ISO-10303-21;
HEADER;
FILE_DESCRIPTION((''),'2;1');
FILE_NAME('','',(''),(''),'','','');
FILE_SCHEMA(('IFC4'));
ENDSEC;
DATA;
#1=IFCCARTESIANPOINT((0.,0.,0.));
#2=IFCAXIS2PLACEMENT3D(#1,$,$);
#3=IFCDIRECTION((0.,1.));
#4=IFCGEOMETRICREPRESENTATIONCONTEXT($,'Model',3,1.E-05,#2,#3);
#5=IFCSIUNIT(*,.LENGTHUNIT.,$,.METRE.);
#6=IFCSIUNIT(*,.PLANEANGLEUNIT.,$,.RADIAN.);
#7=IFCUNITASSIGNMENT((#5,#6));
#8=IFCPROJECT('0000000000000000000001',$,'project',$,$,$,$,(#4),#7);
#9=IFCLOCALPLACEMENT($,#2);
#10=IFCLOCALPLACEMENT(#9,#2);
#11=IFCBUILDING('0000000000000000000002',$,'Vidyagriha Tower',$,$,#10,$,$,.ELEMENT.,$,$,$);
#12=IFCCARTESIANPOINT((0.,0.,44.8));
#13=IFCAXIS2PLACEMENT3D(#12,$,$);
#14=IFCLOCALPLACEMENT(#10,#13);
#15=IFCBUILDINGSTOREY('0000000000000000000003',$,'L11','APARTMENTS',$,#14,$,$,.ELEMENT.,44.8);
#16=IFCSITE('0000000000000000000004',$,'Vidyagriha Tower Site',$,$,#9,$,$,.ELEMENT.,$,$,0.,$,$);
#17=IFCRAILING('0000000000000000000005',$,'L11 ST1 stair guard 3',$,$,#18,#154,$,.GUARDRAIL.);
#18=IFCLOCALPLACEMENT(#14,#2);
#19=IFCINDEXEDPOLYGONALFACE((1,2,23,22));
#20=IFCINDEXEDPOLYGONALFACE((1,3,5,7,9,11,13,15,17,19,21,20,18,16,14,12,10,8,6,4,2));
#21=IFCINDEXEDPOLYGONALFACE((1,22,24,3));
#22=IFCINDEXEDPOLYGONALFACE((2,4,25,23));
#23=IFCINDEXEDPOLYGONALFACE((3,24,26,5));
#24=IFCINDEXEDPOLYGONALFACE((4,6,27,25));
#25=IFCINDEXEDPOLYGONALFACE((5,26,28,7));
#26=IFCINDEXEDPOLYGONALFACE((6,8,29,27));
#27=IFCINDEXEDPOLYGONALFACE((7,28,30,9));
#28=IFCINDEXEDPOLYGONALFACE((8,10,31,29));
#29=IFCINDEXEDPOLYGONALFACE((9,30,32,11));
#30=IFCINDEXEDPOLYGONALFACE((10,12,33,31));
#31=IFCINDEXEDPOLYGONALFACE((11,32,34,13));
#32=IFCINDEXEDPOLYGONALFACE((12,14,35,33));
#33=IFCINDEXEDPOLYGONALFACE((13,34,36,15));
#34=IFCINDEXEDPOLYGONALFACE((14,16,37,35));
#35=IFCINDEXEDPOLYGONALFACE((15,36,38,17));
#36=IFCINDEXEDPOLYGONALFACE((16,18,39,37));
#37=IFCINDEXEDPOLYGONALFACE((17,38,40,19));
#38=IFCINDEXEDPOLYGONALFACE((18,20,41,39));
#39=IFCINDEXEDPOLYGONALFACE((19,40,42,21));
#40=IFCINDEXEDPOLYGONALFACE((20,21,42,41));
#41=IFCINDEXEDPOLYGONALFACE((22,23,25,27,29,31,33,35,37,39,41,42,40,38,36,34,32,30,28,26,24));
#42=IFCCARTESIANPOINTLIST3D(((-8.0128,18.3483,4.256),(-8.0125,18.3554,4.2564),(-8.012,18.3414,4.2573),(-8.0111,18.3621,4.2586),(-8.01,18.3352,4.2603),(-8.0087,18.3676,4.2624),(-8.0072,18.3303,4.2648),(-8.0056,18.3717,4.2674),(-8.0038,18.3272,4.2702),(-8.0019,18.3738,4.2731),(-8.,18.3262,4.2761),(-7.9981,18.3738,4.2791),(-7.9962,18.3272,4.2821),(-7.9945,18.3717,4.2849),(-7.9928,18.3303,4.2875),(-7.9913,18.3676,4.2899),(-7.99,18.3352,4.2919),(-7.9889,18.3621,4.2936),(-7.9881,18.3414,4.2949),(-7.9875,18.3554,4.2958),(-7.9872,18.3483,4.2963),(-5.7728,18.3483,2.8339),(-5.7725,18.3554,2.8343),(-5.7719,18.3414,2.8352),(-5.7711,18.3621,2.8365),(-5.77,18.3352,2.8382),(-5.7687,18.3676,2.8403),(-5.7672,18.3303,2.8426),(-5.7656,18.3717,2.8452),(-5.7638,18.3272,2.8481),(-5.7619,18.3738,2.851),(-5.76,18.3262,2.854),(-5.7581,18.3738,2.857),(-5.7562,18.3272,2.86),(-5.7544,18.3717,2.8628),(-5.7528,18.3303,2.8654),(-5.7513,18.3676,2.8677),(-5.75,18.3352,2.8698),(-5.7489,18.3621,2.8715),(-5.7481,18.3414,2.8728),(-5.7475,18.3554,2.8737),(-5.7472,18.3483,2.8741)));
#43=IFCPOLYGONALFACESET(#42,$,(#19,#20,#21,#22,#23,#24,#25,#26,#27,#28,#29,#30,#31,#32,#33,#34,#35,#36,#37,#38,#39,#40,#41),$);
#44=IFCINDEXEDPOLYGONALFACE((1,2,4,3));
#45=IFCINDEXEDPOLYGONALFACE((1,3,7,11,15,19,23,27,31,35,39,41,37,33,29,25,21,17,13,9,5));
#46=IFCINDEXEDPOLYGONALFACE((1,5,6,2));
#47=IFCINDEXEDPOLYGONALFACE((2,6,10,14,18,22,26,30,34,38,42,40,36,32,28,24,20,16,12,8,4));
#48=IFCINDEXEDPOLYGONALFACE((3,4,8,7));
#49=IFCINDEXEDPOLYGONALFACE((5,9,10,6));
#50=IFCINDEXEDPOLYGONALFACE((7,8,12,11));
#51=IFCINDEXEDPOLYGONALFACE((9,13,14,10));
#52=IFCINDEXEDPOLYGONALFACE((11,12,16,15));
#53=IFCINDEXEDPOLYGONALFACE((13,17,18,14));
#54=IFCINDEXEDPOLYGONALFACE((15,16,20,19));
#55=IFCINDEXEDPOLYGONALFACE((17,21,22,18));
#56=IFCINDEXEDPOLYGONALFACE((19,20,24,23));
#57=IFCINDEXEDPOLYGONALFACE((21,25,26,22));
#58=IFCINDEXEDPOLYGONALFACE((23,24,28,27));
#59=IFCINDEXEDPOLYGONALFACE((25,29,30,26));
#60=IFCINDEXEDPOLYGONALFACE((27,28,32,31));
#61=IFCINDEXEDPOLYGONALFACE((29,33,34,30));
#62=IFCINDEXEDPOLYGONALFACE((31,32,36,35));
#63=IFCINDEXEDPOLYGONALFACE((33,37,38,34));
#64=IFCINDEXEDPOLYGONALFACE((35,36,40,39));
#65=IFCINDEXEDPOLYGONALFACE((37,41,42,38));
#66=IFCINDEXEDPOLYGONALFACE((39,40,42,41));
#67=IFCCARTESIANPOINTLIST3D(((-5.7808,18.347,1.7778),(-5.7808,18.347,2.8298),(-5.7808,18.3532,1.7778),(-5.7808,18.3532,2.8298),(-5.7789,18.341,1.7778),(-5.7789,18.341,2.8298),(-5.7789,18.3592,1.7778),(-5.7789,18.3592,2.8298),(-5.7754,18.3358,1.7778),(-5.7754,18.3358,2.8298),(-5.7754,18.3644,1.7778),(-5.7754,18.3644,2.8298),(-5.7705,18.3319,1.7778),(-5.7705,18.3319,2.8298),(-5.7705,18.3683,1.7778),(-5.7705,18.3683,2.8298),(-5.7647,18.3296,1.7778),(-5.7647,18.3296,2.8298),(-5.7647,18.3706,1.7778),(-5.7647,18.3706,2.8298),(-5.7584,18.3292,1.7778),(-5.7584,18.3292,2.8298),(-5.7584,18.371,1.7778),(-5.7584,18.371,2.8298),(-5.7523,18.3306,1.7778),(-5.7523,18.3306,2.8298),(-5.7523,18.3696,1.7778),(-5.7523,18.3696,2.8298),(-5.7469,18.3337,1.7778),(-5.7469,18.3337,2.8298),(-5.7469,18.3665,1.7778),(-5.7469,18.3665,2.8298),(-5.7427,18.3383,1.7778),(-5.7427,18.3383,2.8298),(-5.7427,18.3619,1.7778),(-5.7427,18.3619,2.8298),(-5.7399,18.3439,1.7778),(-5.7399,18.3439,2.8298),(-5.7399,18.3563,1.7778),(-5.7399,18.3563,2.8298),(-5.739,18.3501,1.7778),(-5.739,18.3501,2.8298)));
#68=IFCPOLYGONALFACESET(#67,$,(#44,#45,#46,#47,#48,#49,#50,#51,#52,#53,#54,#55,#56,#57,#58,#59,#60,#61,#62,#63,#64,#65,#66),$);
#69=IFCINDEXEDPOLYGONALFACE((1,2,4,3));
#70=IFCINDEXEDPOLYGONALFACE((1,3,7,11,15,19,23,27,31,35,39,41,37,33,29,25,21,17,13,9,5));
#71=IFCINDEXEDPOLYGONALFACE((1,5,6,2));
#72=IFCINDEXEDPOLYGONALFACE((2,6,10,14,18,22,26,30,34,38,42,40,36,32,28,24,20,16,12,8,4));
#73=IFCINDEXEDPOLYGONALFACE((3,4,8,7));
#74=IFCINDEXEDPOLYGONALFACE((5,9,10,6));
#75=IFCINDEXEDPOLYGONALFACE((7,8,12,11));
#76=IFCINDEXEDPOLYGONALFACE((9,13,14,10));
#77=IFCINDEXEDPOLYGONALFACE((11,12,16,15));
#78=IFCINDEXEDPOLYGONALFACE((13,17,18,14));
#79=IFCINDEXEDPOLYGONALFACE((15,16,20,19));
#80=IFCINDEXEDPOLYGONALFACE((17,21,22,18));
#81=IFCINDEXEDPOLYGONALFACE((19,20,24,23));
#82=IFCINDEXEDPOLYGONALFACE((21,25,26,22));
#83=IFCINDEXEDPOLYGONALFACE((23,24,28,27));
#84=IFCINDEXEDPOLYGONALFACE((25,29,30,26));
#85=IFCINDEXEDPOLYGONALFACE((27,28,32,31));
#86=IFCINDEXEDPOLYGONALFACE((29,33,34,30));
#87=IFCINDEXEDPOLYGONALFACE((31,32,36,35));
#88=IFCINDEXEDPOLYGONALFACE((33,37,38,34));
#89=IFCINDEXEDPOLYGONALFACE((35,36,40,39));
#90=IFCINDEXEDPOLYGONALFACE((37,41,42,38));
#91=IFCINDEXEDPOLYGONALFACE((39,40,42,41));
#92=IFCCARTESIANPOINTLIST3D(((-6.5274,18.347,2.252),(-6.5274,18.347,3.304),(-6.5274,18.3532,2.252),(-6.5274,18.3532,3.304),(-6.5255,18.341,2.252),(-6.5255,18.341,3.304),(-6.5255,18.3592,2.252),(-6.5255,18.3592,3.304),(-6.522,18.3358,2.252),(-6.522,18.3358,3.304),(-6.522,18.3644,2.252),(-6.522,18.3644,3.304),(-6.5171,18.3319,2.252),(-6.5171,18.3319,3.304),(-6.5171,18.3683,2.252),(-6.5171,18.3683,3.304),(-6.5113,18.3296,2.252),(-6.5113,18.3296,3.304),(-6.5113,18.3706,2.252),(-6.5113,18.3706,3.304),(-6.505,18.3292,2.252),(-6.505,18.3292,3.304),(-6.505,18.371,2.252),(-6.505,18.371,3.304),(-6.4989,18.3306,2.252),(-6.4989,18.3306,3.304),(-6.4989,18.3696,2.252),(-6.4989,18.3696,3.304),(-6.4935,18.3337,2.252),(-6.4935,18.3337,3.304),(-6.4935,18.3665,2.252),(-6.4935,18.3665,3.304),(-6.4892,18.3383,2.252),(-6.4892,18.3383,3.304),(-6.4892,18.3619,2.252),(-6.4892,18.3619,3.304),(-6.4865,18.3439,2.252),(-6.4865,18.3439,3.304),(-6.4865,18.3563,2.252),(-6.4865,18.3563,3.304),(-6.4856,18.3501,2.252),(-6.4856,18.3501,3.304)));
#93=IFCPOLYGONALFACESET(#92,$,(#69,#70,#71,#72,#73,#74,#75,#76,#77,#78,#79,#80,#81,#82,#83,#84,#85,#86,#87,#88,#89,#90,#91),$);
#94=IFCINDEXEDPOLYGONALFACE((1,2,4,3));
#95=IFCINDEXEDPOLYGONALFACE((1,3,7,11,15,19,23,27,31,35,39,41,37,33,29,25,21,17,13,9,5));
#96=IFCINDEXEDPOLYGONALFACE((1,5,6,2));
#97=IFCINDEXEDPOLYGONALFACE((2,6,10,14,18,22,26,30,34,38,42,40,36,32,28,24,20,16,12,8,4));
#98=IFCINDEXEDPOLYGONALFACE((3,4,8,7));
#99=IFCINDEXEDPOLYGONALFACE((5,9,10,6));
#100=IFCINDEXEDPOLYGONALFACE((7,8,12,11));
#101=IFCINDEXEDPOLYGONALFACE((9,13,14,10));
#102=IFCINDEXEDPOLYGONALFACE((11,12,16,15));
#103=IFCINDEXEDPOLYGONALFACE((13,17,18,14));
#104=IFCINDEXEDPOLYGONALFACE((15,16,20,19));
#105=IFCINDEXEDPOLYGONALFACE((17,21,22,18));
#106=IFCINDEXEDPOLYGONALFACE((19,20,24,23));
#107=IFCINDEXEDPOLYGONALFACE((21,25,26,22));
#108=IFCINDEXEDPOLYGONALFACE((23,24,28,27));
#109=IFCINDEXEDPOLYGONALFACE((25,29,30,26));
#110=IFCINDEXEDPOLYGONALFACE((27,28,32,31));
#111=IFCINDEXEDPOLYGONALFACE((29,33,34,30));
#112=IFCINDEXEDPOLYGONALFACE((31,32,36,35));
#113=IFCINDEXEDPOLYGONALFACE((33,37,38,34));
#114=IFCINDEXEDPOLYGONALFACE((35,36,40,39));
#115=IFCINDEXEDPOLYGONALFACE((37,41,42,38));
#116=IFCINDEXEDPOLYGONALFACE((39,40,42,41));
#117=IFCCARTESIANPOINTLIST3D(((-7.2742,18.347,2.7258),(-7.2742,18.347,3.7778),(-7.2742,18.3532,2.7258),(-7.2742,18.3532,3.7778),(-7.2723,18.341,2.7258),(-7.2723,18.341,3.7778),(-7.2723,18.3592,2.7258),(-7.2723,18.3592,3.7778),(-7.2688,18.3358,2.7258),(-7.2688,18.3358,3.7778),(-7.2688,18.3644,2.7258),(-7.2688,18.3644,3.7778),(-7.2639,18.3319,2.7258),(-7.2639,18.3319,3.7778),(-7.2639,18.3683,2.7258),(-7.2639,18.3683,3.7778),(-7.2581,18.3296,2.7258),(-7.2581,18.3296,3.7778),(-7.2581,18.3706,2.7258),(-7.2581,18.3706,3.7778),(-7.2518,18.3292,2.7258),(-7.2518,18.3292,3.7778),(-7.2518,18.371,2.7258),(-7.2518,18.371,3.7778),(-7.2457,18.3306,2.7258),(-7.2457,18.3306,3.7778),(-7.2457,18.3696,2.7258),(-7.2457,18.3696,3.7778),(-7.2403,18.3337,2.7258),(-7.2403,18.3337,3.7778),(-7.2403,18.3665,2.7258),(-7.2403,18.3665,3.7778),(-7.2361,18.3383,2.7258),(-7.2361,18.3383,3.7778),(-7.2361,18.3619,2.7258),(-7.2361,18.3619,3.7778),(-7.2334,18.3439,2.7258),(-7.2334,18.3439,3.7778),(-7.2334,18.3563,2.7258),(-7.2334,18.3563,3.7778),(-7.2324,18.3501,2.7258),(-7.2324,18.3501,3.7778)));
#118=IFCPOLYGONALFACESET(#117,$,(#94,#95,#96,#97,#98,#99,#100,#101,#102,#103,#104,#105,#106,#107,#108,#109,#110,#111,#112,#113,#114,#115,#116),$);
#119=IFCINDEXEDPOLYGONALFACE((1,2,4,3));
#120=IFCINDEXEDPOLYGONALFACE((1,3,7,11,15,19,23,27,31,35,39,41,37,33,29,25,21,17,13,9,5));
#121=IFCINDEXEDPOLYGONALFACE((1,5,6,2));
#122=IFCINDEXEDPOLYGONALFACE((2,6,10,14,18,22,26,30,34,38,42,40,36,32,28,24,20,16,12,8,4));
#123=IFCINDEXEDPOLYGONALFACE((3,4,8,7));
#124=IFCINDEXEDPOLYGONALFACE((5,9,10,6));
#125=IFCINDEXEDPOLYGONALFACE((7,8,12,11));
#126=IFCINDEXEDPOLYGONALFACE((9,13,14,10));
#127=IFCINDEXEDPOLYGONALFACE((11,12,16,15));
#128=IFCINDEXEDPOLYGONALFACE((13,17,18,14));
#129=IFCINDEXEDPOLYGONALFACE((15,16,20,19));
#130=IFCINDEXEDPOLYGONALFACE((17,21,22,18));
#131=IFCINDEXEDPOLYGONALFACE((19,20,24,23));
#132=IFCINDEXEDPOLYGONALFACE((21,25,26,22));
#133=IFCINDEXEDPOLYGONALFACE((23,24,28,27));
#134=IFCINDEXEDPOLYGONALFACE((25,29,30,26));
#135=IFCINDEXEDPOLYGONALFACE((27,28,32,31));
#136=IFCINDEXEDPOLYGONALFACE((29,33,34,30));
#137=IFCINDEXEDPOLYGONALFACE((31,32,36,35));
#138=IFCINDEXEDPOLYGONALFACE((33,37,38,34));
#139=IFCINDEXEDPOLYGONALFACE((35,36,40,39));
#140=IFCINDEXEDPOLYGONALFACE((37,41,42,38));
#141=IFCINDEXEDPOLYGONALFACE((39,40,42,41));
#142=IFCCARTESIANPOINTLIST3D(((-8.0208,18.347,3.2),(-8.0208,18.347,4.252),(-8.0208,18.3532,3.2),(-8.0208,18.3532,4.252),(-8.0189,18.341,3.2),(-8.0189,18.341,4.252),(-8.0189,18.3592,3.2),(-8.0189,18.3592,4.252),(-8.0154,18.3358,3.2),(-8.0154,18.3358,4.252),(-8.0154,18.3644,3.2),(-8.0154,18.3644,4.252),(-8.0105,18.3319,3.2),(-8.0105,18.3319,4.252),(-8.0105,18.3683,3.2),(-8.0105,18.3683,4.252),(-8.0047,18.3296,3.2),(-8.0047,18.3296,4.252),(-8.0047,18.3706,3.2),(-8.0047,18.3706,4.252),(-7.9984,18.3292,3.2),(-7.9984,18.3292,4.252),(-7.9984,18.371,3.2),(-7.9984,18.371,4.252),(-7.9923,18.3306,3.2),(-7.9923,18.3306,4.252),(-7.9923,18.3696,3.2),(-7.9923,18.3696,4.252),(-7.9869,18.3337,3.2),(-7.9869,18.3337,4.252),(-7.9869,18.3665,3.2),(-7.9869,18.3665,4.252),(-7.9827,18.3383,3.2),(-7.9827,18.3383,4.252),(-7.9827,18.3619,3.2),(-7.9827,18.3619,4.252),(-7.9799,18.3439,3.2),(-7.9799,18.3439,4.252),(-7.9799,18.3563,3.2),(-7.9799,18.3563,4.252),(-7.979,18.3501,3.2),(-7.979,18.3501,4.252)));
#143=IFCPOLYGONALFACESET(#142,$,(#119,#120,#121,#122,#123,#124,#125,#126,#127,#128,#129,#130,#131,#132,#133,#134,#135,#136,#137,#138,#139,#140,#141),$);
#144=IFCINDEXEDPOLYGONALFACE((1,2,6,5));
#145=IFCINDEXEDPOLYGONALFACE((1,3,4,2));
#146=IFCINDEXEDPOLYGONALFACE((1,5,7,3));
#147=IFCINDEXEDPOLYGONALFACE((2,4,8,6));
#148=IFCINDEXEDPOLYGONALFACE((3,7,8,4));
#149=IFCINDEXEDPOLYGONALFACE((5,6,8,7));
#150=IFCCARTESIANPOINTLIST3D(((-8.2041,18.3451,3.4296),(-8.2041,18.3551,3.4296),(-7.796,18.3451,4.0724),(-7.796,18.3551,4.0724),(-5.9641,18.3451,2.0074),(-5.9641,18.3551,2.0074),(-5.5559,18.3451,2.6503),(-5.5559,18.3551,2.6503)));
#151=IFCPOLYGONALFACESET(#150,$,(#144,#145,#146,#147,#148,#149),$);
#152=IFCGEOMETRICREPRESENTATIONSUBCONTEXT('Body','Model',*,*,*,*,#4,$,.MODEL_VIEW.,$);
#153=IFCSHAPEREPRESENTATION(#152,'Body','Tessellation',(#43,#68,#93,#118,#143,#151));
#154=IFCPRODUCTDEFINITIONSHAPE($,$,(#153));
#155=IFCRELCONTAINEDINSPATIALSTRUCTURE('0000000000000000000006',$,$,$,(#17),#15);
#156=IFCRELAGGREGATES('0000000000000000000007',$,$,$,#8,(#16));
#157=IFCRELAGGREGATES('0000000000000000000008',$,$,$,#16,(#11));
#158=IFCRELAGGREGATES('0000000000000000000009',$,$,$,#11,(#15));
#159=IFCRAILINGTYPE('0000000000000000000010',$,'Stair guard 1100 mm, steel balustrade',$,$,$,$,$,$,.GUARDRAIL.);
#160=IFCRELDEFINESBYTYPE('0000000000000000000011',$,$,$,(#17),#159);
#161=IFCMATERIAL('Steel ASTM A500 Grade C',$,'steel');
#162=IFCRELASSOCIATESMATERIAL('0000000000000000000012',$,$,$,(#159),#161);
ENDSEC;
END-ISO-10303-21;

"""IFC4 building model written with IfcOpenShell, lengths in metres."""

from ifc_helpers import new_model, si_unit, direction, frame, origin, origin_2d, place, context, subcontext, project, spatial, rectangle, circle, extrude, material, type_object, element, save


model = new_model("IFC4")

# Units and contexts
model_context = context("Model", 3, precision=1e-05, world=origin(), true_north=direction((0.0, 1.0)))
body_context = subcontext(model_context, "Body", "Model", "MODEL_VIEW")
ifc_project = project(units=[si_unit("LENGTHUNIT", "METRE"), si_unit("PLANEANGLEUNIT", "RADIAN")], contexts=[model_context])

# Site, building, storey
site_placement = place(None, origin())
site = spatial("IfcSite", under=ifc_project, at=site_placement, Name="Vidyagriha Tower Site", CompositionType="ELEMENT", RefElevation=0.0)
building_placement = place(site_placement, origin())
building = spatial("IfcBuilding", under=site, at=building_placement, Name="Vidyagriha Tower", CompositionType="ELEMENT")
storey_placement = place(building_placement, frame((0.0, 0.0, 44.8)))
storey = spatial("IfcBuildingStorey", under=building, at=storey_placement, Name="L11", Description="APARTMENTS", CompositionType="ELEMENT", Elevation=44.8)

# Railing
ifc_material_1 = material(Name="Steel ASTM A500 Grade C", Category="steel")
railing_type_1 = type_object("IfcRailingType", Name="Stair guard 1100 mm, steel balustrade", PredefinedType="GUARDRAIL", material=ifc_material_1)
railing_1_placement = place(storey_placement, frame((-5.76, 18.3501, 1.7778)))
element("IfcRailing", 1, at=railing_1_placement, inside=storey, type_object=railing_type_1, Name="L11 ST1 stair guard 3", PredefinedType="GUARDRAIL", context=body_context, shape_type="SweptSolid", body=[
    extrude(circle(Radius=0.0239, at=origin_2d()), frame((0.0, 0.0, 1.0762), z_axis=(-0.844229, 0.0, 0.535982), x_axis=(0.0, -1.0, 0.0)), (0.0, 0.0, 1.0), 2.6533),
    extrude(circle(Radius=0.021, at=origin_2d()), origin(), (0.0, 0.0, 1.0), 1.052),
    extrude(circle(Radius=0.021, at=origin_2d()), frame((-0.7466, 0.0, 0.4741)), (0.0, 0.0, 1.0), 1.052),
    extrude(circle(Radius=0.021, at=origin_2d()), frame((-1.4934, 0.0, 0.948)), (0.0, 0.0, 1.0), 1.052),
    extrude(circle(Radius=0.021, at=origin_2d()), frame((-2.24, 0.0, 1.4221)), (0.0, 0.0, 1.0), 1.052),
    extrude(rectangle(XDim=0.01, YDim=0.7615, at=origin_2d()), frame((0.0, 0.0, 0.551), z_axis=(-0.844229, 0.0, 0.535982), x_axis=(0.0, -1.0, 0.0)), (0.0, 0.0, 1.0), 2.6533),
])

save(model, "model.ifc")
